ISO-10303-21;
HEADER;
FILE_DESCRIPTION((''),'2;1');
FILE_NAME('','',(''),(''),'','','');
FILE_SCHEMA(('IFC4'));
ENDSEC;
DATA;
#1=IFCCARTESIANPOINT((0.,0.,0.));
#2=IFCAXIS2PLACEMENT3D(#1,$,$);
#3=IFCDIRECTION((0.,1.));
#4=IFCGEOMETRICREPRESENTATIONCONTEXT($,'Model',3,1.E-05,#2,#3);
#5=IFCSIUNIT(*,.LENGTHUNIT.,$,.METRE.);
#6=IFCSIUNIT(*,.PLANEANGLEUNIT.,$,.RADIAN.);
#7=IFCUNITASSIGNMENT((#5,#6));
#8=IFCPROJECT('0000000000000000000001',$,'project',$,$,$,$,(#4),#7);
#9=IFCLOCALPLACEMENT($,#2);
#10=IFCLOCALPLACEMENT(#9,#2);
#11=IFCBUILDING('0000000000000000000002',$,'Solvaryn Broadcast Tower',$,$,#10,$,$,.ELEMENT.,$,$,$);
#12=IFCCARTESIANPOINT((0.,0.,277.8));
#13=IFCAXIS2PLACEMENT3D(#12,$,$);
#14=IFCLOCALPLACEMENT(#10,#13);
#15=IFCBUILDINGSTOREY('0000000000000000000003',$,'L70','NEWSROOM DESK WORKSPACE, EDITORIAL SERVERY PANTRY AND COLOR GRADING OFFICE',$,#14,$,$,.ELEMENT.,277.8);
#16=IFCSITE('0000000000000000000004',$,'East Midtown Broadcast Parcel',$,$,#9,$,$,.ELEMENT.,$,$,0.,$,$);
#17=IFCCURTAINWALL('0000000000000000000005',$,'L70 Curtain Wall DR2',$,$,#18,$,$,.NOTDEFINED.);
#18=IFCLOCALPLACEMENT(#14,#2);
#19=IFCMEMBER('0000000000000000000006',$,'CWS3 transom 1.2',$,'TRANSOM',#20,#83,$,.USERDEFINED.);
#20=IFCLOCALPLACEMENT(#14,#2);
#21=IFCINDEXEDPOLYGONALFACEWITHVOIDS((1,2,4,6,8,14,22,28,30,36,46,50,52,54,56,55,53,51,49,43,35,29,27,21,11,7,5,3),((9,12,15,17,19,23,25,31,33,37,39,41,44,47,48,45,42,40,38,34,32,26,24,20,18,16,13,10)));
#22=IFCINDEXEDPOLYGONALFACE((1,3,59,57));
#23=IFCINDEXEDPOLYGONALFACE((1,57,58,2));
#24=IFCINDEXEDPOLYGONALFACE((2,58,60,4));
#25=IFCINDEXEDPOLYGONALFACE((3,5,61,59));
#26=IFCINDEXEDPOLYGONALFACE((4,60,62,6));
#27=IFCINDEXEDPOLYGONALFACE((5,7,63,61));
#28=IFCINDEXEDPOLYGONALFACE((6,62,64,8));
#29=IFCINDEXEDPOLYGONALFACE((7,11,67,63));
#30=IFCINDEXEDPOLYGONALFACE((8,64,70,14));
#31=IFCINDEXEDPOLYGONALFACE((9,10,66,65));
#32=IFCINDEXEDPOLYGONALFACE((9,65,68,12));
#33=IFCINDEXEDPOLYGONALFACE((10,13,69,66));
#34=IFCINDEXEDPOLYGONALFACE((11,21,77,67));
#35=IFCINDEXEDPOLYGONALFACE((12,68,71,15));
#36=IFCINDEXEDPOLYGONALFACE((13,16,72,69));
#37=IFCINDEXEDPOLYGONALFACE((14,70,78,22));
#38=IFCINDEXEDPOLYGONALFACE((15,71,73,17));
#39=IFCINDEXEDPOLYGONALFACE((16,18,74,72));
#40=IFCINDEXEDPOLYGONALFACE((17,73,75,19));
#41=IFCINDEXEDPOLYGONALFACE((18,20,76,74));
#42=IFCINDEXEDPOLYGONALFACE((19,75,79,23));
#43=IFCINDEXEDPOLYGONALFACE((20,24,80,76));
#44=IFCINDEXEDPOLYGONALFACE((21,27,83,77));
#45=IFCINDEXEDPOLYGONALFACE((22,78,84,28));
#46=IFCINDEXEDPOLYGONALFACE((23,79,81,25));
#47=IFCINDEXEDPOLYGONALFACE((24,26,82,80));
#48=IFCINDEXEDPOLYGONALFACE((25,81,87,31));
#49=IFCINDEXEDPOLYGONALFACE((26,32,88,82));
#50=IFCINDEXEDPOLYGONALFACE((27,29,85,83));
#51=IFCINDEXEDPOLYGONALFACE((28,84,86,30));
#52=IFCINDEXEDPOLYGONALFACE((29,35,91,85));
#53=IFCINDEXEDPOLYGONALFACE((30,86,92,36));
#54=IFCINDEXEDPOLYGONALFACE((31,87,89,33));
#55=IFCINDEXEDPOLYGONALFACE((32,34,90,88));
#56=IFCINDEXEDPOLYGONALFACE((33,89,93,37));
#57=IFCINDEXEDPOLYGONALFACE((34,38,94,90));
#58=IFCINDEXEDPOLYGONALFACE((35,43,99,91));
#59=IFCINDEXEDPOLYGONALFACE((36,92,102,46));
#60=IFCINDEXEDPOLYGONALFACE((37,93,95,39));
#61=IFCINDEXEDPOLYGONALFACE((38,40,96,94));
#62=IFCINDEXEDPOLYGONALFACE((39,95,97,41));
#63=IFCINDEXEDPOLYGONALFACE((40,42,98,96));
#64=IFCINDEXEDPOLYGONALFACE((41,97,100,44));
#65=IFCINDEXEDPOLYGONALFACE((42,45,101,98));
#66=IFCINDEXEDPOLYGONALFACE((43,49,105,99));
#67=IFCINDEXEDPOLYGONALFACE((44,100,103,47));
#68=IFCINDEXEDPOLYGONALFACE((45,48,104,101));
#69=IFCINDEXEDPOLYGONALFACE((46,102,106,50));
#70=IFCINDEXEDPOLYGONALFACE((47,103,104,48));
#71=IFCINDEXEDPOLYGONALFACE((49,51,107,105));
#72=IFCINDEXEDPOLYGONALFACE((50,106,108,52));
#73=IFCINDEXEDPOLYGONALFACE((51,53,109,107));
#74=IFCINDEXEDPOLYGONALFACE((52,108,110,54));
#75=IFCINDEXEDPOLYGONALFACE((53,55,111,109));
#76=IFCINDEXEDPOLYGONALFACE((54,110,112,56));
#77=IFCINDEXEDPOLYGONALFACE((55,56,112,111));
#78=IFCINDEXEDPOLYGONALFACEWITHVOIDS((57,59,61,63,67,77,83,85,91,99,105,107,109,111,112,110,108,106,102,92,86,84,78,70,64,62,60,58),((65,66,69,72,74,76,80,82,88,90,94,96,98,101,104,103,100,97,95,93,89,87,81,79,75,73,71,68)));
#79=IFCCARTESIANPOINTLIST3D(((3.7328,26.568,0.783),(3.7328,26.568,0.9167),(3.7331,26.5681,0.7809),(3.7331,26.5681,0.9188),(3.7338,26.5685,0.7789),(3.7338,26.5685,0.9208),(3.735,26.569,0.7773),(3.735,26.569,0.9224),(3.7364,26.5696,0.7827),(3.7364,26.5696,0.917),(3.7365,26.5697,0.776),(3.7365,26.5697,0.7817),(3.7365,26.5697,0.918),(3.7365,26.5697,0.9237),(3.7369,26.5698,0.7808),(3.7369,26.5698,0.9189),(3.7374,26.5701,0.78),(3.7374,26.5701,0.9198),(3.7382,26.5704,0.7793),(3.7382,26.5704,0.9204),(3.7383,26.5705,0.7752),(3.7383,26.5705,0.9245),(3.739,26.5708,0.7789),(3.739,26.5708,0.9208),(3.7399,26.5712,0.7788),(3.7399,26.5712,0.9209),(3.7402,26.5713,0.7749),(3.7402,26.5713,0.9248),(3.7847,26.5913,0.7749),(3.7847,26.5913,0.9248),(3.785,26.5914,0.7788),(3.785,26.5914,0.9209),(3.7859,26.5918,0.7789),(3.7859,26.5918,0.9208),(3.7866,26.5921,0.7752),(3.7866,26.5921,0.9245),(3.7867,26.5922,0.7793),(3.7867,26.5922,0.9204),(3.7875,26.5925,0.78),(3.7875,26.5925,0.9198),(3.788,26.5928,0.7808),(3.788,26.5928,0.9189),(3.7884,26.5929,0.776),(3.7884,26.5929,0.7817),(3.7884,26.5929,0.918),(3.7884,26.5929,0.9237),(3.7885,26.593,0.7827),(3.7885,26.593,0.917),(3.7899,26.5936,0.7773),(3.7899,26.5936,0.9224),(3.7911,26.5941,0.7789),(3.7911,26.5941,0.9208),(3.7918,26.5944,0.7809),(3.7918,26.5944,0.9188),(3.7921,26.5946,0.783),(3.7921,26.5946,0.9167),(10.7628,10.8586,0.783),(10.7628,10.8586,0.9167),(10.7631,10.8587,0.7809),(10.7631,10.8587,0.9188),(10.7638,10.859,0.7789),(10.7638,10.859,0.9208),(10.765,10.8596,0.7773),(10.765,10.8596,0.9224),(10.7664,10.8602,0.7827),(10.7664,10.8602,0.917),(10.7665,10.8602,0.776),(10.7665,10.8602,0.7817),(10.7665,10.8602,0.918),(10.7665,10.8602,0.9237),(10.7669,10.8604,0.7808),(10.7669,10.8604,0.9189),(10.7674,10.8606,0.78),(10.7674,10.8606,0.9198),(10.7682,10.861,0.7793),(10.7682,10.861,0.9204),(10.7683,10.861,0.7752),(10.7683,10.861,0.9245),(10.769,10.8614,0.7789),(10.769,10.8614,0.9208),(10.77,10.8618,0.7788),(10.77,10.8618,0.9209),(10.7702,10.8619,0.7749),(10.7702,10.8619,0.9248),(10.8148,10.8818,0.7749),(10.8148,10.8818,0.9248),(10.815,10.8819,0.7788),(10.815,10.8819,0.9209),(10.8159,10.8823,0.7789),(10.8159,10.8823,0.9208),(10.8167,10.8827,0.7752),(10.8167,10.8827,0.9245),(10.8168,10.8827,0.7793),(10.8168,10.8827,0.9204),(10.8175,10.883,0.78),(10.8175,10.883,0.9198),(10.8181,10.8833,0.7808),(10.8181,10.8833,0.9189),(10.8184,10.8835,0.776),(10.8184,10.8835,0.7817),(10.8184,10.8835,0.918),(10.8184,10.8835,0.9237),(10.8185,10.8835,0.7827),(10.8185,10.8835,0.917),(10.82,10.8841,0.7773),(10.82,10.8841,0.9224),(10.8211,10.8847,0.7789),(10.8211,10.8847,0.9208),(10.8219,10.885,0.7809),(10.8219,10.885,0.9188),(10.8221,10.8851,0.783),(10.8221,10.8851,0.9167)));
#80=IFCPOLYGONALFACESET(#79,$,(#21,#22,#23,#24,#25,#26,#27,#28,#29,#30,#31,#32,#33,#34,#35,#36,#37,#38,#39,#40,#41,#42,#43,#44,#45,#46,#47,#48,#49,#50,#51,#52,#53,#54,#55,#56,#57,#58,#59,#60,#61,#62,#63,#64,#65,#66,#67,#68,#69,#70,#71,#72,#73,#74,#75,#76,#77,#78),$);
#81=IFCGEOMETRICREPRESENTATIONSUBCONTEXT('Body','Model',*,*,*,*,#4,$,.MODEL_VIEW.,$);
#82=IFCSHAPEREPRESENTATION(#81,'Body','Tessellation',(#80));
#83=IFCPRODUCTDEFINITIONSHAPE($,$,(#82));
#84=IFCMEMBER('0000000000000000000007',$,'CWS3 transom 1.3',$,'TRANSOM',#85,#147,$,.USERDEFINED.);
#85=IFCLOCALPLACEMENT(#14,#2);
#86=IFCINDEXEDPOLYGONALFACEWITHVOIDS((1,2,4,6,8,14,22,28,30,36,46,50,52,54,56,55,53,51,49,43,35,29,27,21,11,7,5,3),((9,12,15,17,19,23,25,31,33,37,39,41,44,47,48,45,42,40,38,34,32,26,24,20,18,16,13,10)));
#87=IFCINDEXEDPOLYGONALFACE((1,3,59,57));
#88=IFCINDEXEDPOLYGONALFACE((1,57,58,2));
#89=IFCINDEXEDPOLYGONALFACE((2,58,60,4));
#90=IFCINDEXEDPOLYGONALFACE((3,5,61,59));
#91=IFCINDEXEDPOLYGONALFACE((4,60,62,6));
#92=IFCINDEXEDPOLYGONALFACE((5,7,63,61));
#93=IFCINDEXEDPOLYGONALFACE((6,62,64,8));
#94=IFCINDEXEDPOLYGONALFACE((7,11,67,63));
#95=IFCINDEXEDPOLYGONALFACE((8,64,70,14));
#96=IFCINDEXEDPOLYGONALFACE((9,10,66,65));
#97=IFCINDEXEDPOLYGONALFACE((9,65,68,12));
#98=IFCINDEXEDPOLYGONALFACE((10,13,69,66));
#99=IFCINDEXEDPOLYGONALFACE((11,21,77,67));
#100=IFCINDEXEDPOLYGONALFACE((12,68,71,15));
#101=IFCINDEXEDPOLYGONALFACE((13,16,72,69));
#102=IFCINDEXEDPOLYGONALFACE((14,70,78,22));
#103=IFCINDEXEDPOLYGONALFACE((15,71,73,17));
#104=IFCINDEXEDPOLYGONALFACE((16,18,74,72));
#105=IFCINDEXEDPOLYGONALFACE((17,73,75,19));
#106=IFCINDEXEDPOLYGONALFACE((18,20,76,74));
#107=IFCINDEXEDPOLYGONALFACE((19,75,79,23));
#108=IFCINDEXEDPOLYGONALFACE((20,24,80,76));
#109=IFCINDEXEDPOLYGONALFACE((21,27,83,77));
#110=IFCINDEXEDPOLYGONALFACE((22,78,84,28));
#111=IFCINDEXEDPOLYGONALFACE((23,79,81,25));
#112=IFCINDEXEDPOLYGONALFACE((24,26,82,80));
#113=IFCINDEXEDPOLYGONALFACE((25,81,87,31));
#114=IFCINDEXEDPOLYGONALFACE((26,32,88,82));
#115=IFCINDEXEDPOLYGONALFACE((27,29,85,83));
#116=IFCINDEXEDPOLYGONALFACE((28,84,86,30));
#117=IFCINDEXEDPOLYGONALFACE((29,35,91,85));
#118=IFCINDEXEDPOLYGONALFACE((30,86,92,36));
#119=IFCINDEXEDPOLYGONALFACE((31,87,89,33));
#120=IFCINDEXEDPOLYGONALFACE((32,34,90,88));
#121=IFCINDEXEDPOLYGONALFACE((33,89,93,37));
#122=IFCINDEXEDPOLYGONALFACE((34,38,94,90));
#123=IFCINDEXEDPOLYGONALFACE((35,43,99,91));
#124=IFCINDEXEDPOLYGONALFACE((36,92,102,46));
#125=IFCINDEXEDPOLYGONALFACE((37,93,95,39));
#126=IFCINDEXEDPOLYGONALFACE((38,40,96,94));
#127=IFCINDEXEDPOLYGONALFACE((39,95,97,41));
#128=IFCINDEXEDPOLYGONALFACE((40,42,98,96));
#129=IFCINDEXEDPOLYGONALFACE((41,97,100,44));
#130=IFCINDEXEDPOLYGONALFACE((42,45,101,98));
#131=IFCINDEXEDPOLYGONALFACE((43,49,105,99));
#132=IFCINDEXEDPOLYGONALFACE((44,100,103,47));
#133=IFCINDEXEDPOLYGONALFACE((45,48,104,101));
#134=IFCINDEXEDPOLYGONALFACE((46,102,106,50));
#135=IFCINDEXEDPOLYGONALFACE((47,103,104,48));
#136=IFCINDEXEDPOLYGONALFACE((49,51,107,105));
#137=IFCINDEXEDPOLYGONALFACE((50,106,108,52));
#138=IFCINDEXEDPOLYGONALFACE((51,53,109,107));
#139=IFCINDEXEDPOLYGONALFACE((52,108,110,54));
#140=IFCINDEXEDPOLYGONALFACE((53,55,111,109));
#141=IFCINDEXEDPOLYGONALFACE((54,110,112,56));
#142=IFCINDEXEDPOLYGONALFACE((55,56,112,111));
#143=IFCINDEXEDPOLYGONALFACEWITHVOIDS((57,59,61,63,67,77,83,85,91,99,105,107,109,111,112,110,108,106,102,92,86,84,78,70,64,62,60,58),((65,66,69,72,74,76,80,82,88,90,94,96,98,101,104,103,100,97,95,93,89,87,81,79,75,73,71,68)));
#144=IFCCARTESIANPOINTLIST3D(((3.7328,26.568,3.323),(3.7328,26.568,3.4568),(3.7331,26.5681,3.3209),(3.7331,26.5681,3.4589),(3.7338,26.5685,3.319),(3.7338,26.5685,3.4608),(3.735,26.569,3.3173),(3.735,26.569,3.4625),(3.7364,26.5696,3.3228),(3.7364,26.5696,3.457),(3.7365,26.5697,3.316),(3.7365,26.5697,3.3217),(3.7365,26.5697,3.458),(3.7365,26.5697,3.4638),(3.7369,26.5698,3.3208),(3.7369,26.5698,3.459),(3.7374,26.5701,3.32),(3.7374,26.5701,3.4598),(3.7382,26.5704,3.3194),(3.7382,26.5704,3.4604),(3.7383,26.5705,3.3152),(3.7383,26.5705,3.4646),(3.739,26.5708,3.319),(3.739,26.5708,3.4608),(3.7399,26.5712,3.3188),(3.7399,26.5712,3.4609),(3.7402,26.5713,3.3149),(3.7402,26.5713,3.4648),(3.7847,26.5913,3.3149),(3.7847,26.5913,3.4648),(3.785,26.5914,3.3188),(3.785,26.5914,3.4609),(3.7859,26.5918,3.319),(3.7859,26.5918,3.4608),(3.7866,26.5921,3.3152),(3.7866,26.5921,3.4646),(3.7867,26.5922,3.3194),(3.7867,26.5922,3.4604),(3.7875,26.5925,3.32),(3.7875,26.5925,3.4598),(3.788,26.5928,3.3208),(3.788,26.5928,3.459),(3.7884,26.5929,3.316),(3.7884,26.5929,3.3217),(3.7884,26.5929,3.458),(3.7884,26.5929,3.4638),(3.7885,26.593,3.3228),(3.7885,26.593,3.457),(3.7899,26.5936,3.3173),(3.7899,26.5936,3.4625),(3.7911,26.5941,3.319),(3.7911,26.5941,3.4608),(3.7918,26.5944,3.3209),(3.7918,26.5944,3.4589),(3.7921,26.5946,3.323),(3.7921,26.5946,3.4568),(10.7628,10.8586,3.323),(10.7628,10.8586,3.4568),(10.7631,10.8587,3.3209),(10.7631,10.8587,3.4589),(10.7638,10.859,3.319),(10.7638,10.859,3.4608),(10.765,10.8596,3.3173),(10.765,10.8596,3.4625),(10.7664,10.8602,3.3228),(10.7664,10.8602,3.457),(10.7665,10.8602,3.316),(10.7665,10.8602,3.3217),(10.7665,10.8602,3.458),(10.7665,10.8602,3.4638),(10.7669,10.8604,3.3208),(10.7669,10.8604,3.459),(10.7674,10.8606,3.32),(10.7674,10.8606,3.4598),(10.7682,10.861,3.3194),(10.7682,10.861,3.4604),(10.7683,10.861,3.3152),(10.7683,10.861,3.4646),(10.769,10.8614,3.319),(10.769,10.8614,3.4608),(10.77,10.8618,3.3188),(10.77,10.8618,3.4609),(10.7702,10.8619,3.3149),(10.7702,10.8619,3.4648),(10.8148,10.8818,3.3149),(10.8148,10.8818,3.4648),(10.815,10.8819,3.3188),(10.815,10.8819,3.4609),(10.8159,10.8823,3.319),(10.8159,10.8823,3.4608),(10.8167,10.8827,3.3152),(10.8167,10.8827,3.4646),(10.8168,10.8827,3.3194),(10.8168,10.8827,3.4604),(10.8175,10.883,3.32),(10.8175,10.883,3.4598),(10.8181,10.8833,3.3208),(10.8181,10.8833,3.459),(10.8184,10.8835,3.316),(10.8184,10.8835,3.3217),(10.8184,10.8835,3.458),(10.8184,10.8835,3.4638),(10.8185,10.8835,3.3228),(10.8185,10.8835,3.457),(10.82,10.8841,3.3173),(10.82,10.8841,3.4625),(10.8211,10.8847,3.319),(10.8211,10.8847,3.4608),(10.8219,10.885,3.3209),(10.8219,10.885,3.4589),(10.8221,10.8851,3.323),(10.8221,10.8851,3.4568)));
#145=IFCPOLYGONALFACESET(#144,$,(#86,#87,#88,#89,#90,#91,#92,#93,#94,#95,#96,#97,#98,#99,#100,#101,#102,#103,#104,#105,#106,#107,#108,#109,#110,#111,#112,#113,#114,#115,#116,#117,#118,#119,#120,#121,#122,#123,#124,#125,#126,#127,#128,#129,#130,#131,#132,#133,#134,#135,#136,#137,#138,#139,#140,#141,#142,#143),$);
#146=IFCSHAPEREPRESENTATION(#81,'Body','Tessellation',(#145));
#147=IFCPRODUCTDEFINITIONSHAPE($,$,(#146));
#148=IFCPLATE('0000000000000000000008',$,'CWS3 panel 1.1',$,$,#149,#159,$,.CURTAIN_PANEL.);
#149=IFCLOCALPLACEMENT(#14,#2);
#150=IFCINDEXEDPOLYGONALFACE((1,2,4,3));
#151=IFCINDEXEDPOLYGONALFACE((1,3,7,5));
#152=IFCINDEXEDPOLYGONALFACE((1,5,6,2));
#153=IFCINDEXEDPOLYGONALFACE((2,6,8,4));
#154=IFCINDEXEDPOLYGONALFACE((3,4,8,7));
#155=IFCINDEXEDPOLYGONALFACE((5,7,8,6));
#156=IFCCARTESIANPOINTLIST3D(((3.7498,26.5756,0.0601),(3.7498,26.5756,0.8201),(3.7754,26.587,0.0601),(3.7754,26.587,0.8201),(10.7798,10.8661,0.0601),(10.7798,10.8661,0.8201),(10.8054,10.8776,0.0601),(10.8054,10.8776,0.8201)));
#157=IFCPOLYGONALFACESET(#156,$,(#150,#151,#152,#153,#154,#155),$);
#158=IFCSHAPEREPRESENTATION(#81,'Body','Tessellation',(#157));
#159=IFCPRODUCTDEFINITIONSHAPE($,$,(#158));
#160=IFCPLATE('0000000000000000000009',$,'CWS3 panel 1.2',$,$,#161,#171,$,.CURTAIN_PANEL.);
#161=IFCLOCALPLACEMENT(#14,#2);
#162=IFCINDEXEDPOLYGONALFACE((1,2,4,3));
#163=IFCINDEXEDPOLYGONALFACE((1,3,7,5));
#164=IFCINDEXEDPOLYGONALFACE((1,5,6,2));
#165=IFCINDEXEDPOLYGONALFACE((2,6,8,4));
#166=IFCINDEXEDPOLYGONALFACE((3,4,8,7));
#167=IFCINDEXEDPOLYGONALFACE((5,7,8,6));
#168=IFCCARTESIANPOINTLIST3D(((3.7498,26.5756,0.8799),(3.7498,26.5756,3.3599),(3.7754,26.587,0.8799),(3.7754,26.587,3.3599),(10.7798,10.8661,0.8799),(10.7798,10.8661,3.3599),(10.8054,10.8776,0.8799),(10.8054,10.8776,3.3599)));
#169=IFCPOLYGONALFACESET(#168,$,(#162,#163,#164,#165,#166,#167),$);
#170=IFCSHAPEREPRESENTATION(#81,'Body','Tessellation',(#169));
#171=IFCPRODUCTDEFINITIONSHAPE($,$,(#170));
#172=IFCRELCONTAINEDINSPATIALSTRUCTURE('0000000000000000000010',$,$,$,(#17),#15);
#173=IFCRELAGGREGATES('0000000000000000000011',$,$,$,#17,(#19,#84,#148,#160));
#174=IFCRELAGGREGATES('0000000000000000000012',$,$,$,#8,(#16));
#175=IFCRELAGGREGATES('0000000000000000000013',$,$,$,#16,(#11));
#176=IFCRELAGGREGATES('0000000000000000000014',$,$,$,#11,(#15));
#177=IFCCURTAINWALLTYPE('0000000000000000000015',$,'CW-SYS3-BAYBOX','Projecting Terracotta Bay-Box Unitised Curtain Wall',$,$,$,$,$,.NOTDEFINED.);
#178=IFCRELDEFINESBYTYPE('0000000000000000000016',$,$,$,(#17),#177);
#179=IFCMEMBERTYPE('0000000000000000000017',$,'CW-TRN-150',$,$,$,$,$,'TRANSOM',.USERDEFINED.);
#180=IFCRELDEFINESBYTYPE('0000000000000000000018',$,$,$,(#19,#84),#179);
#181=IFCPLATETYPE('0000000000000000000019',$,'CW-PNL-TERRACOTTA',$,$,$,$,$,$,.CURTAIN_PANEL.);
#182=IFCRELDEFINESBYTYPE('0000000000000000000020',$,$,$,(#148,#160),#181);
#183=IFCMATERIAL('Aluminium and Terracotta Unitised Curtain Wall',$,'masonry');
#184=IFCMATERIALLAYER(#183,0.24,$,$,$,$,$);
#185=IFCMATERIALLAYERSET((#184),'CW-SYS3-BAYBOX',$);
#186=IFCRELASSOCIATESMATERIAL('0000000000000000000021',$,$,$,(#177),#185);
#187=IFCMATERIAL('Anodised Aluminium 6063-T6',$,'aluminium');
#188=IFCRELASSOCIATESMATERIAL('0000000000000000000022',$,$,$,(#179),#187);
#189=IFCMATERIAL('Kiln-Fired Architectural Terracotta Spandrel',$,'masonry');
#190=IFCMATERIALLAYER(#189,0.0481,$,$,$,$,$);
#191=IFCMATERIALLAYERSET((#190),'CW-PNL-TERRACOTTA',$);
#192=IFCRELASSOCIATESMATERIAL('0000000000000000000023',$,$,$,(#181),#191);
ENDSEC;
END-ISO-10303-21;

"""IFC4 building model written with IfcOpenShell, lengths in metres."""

from ifc_helpers import new_model, si_unit, direction, frame, origin, origin_2d, place, context, subcontext, project, spatial, rectangle, hollow_rectangle, extrude, material, layer, layer_set, material_profile, profile_set, type_object, element, aggregate, save


model = new_model("IFC4")

# Units and contexts
model_context = context("Model", 3, precision=1e-05, world=origin(), true_north=direction((0.0, 1.0)))
body_context = subcontext(model_context, "Body", "Model", "MODEL_VIEW")
ifc_project = project(units=[si_unit("LENGTHUNIT", "METRE"), si_unit("PLANEANGLEUNIT", "RADIAN")], contexts=[model_context])

# Site, building, storey
site_placement = place(None, origin())
site = spatial("IfcSite", under=ifc_project, at=site_placement, Name="East Midtown Broadcast Parcel", CompositionType="ELEMENT", RefElevation=0.0)
building_placement = place(site_placement, origin())
building = spatial("IfcBuilding", under=site, at=building_placement, Name="Solvaryn Broadcast Tower", CompositionType="ELEMENT")
storey_placement = place(building_placement, frame((0.0, 0.0, 277.8)))
storey = spatial("IfcBuildingStorey", under=building, at=storey_placement, Name="L70", Description="NEWSROOM DESK WORKSPACE, EDITORIAL SERVERY PANTRY AND COLOR GRADING OFFICE", CompositionType="ELEMENT", Elevation=277.8)

# Curtain wall, members, plates
ifc_material_1 = material(Name="Aluminium and Terracotta Unitised Curtain Wall", Category="masonry")
ifc_layer_1 = layer(ifc_material_1, 0.24)
ifc_layer_set_1 = layer_set([ifc_layer_1], Name="CW-SYS3-BAYBOX")
curtain_wall_type_1 = type_object("IfcCurtainWallType", Name="CW-SYS3-BAYBOX", Description="Projecting Terracotta Bay-Box Unitised Curtain Wall", PredefinedType="NOTDEFINED", material=ifc_layer_set_1)
curtain_wall_1_placement = place(storey_placement, origin())
curtain_wall_1 = element("IfcCurtainWall", 1, at=curtain_wall_1_placement, inside=storey, type_object=curtain_wall_type_1, Name="L70 Curtain Wall DR2", PredefinedType="NOTDEFINED")
ifc_material_2 = material(Name="Anodised Aluminium 6063-T6", Category="aluminium")
ifc_material_profile_1 = material_profile(ifc_material_2, hollow_rectangle(XDim=0.0649, YDim=0.1499, WallThickness=0.0039, InnerFilletRadius=0.0039, OuterFilletRadius=0.0081, at=origin_2d()))
ifc_profile_set_1 = profile_set([ifc_material_profile_1], Name="Anodised Aluminium 6063-T6")
member_type_1 = type_object("IfcMemberType", Name="CW-TRN-150", ElementType="TRANSOM", PredefinedType="USERDEFINED", material=ifc_profile_set_1)
member_1_placement = place(storey_placement, frame((3.7625, 26.5813, 0.8499), z_axis=(0.408468, -0.912773, 0.0), x_axis=(0.912773, 0.408468, 0.0)))
member_1 = element("IfcMember", 2, at=member_1_placement, type_object=member_type_1, Name="CWS3 transom 1.2", ObjectType="TRANSOM", PredefinedType="USERDEFINED", context=body_context, shape_type="SweptSolid", body=[
    extrude(hollow_rectangle(XDim=0.0649, YDim=0.1499, WallThickness=0.0039, InnerFilletRadius=0.0039, OuterFilletRadius=0.0081, at=origin_2d()), origin(), (0.0, 0.0, 1.0), 17.2107),
])
member_2_placement = place(storey_placement, frame((3.7625, 26.5813, 3.3899), z_axis=(0.408468, -0.912773, 0.0), x_axis=(0.912773, 0.408468, 0.0)))
member_2 = element("IfcMember", 3, at=member_2_placement, type_object=member_type_1, Name="CWS3 transom 1.3", ObjectType="TRANSOM", PredefinedType="USERDEFINED", context=body_context, shape_type="SweptSolid", body=[
    extrude(hollow_rectangle(XDim=0.0649, YDim=0.1499, WallThickness=0.0039, InnerFilletRadius=0.0039, OuterFilletRadius=0.0081, at=origin_2d()), origin(), (0.0, 0.0, 1.0), 17.2107),
])
ifc_material_3 = material(Name="Kiln-Fired Architectural Terracotta Spandrel", Category="masonry")
ifc_layer_2 = layer(ifc_material_3, 0.0481)
ifc_layer_set_2 = layer_set([ifc_layer_2], Name="CW-PNL-TERRACOTTA")
plate_type = type_object("IfcPlateType", Name="CW-PNL-TERRACOTTA", PredefinedType="CURTAIN_PANEL", material=ifc_layer_set_2)
plate_1_placement = place(storey_placement, frame((7.2776, 18.7266, 0.0601), z_axis=(0.0, 0.0, 1.0), x_axis=(0.408466, -0.912774, 0.0)))
plate_1 = element("IfcPlate", 4, at=plate_1_placement, type_object=plate_type, Name="CWS3 panel 1.1", PredefinedType="CURTAIN_PANEL", context=body_context, shape_type="SweptSolid", body=[
    extrude(rectangle(XDim=17.2107, YDim=0.0281, at=origin_2d()), origin(), (0.0, 0.0, 1.0), 0.76),
])
plate_2_placement = place(storey_placement, frame((7.2776, 18.7266, 0.8799), z_axis=(0.0, 0.0, 1.0), x_axis=(0.408466, -0.912774, 0.0)))
plate_2 = element("IfcPlate", 5, at=plate_2_placement, type_object=plate_type, Name="CWS3 panel 1.2", PredefinedType="CURTAIN_PANEL", context=body_context, shape_type="SweptSolid", body=[
    extrude(rectangle(XDim=17.2107, YDim=0.0281, at=origin_2d()), origin(), (0.0, 0.0, 1.0), 2.48),
])
aggregate(curtain_wall_1, [member_1, member_2, plate_1, plate_2])

save(model, "model.ifc")
